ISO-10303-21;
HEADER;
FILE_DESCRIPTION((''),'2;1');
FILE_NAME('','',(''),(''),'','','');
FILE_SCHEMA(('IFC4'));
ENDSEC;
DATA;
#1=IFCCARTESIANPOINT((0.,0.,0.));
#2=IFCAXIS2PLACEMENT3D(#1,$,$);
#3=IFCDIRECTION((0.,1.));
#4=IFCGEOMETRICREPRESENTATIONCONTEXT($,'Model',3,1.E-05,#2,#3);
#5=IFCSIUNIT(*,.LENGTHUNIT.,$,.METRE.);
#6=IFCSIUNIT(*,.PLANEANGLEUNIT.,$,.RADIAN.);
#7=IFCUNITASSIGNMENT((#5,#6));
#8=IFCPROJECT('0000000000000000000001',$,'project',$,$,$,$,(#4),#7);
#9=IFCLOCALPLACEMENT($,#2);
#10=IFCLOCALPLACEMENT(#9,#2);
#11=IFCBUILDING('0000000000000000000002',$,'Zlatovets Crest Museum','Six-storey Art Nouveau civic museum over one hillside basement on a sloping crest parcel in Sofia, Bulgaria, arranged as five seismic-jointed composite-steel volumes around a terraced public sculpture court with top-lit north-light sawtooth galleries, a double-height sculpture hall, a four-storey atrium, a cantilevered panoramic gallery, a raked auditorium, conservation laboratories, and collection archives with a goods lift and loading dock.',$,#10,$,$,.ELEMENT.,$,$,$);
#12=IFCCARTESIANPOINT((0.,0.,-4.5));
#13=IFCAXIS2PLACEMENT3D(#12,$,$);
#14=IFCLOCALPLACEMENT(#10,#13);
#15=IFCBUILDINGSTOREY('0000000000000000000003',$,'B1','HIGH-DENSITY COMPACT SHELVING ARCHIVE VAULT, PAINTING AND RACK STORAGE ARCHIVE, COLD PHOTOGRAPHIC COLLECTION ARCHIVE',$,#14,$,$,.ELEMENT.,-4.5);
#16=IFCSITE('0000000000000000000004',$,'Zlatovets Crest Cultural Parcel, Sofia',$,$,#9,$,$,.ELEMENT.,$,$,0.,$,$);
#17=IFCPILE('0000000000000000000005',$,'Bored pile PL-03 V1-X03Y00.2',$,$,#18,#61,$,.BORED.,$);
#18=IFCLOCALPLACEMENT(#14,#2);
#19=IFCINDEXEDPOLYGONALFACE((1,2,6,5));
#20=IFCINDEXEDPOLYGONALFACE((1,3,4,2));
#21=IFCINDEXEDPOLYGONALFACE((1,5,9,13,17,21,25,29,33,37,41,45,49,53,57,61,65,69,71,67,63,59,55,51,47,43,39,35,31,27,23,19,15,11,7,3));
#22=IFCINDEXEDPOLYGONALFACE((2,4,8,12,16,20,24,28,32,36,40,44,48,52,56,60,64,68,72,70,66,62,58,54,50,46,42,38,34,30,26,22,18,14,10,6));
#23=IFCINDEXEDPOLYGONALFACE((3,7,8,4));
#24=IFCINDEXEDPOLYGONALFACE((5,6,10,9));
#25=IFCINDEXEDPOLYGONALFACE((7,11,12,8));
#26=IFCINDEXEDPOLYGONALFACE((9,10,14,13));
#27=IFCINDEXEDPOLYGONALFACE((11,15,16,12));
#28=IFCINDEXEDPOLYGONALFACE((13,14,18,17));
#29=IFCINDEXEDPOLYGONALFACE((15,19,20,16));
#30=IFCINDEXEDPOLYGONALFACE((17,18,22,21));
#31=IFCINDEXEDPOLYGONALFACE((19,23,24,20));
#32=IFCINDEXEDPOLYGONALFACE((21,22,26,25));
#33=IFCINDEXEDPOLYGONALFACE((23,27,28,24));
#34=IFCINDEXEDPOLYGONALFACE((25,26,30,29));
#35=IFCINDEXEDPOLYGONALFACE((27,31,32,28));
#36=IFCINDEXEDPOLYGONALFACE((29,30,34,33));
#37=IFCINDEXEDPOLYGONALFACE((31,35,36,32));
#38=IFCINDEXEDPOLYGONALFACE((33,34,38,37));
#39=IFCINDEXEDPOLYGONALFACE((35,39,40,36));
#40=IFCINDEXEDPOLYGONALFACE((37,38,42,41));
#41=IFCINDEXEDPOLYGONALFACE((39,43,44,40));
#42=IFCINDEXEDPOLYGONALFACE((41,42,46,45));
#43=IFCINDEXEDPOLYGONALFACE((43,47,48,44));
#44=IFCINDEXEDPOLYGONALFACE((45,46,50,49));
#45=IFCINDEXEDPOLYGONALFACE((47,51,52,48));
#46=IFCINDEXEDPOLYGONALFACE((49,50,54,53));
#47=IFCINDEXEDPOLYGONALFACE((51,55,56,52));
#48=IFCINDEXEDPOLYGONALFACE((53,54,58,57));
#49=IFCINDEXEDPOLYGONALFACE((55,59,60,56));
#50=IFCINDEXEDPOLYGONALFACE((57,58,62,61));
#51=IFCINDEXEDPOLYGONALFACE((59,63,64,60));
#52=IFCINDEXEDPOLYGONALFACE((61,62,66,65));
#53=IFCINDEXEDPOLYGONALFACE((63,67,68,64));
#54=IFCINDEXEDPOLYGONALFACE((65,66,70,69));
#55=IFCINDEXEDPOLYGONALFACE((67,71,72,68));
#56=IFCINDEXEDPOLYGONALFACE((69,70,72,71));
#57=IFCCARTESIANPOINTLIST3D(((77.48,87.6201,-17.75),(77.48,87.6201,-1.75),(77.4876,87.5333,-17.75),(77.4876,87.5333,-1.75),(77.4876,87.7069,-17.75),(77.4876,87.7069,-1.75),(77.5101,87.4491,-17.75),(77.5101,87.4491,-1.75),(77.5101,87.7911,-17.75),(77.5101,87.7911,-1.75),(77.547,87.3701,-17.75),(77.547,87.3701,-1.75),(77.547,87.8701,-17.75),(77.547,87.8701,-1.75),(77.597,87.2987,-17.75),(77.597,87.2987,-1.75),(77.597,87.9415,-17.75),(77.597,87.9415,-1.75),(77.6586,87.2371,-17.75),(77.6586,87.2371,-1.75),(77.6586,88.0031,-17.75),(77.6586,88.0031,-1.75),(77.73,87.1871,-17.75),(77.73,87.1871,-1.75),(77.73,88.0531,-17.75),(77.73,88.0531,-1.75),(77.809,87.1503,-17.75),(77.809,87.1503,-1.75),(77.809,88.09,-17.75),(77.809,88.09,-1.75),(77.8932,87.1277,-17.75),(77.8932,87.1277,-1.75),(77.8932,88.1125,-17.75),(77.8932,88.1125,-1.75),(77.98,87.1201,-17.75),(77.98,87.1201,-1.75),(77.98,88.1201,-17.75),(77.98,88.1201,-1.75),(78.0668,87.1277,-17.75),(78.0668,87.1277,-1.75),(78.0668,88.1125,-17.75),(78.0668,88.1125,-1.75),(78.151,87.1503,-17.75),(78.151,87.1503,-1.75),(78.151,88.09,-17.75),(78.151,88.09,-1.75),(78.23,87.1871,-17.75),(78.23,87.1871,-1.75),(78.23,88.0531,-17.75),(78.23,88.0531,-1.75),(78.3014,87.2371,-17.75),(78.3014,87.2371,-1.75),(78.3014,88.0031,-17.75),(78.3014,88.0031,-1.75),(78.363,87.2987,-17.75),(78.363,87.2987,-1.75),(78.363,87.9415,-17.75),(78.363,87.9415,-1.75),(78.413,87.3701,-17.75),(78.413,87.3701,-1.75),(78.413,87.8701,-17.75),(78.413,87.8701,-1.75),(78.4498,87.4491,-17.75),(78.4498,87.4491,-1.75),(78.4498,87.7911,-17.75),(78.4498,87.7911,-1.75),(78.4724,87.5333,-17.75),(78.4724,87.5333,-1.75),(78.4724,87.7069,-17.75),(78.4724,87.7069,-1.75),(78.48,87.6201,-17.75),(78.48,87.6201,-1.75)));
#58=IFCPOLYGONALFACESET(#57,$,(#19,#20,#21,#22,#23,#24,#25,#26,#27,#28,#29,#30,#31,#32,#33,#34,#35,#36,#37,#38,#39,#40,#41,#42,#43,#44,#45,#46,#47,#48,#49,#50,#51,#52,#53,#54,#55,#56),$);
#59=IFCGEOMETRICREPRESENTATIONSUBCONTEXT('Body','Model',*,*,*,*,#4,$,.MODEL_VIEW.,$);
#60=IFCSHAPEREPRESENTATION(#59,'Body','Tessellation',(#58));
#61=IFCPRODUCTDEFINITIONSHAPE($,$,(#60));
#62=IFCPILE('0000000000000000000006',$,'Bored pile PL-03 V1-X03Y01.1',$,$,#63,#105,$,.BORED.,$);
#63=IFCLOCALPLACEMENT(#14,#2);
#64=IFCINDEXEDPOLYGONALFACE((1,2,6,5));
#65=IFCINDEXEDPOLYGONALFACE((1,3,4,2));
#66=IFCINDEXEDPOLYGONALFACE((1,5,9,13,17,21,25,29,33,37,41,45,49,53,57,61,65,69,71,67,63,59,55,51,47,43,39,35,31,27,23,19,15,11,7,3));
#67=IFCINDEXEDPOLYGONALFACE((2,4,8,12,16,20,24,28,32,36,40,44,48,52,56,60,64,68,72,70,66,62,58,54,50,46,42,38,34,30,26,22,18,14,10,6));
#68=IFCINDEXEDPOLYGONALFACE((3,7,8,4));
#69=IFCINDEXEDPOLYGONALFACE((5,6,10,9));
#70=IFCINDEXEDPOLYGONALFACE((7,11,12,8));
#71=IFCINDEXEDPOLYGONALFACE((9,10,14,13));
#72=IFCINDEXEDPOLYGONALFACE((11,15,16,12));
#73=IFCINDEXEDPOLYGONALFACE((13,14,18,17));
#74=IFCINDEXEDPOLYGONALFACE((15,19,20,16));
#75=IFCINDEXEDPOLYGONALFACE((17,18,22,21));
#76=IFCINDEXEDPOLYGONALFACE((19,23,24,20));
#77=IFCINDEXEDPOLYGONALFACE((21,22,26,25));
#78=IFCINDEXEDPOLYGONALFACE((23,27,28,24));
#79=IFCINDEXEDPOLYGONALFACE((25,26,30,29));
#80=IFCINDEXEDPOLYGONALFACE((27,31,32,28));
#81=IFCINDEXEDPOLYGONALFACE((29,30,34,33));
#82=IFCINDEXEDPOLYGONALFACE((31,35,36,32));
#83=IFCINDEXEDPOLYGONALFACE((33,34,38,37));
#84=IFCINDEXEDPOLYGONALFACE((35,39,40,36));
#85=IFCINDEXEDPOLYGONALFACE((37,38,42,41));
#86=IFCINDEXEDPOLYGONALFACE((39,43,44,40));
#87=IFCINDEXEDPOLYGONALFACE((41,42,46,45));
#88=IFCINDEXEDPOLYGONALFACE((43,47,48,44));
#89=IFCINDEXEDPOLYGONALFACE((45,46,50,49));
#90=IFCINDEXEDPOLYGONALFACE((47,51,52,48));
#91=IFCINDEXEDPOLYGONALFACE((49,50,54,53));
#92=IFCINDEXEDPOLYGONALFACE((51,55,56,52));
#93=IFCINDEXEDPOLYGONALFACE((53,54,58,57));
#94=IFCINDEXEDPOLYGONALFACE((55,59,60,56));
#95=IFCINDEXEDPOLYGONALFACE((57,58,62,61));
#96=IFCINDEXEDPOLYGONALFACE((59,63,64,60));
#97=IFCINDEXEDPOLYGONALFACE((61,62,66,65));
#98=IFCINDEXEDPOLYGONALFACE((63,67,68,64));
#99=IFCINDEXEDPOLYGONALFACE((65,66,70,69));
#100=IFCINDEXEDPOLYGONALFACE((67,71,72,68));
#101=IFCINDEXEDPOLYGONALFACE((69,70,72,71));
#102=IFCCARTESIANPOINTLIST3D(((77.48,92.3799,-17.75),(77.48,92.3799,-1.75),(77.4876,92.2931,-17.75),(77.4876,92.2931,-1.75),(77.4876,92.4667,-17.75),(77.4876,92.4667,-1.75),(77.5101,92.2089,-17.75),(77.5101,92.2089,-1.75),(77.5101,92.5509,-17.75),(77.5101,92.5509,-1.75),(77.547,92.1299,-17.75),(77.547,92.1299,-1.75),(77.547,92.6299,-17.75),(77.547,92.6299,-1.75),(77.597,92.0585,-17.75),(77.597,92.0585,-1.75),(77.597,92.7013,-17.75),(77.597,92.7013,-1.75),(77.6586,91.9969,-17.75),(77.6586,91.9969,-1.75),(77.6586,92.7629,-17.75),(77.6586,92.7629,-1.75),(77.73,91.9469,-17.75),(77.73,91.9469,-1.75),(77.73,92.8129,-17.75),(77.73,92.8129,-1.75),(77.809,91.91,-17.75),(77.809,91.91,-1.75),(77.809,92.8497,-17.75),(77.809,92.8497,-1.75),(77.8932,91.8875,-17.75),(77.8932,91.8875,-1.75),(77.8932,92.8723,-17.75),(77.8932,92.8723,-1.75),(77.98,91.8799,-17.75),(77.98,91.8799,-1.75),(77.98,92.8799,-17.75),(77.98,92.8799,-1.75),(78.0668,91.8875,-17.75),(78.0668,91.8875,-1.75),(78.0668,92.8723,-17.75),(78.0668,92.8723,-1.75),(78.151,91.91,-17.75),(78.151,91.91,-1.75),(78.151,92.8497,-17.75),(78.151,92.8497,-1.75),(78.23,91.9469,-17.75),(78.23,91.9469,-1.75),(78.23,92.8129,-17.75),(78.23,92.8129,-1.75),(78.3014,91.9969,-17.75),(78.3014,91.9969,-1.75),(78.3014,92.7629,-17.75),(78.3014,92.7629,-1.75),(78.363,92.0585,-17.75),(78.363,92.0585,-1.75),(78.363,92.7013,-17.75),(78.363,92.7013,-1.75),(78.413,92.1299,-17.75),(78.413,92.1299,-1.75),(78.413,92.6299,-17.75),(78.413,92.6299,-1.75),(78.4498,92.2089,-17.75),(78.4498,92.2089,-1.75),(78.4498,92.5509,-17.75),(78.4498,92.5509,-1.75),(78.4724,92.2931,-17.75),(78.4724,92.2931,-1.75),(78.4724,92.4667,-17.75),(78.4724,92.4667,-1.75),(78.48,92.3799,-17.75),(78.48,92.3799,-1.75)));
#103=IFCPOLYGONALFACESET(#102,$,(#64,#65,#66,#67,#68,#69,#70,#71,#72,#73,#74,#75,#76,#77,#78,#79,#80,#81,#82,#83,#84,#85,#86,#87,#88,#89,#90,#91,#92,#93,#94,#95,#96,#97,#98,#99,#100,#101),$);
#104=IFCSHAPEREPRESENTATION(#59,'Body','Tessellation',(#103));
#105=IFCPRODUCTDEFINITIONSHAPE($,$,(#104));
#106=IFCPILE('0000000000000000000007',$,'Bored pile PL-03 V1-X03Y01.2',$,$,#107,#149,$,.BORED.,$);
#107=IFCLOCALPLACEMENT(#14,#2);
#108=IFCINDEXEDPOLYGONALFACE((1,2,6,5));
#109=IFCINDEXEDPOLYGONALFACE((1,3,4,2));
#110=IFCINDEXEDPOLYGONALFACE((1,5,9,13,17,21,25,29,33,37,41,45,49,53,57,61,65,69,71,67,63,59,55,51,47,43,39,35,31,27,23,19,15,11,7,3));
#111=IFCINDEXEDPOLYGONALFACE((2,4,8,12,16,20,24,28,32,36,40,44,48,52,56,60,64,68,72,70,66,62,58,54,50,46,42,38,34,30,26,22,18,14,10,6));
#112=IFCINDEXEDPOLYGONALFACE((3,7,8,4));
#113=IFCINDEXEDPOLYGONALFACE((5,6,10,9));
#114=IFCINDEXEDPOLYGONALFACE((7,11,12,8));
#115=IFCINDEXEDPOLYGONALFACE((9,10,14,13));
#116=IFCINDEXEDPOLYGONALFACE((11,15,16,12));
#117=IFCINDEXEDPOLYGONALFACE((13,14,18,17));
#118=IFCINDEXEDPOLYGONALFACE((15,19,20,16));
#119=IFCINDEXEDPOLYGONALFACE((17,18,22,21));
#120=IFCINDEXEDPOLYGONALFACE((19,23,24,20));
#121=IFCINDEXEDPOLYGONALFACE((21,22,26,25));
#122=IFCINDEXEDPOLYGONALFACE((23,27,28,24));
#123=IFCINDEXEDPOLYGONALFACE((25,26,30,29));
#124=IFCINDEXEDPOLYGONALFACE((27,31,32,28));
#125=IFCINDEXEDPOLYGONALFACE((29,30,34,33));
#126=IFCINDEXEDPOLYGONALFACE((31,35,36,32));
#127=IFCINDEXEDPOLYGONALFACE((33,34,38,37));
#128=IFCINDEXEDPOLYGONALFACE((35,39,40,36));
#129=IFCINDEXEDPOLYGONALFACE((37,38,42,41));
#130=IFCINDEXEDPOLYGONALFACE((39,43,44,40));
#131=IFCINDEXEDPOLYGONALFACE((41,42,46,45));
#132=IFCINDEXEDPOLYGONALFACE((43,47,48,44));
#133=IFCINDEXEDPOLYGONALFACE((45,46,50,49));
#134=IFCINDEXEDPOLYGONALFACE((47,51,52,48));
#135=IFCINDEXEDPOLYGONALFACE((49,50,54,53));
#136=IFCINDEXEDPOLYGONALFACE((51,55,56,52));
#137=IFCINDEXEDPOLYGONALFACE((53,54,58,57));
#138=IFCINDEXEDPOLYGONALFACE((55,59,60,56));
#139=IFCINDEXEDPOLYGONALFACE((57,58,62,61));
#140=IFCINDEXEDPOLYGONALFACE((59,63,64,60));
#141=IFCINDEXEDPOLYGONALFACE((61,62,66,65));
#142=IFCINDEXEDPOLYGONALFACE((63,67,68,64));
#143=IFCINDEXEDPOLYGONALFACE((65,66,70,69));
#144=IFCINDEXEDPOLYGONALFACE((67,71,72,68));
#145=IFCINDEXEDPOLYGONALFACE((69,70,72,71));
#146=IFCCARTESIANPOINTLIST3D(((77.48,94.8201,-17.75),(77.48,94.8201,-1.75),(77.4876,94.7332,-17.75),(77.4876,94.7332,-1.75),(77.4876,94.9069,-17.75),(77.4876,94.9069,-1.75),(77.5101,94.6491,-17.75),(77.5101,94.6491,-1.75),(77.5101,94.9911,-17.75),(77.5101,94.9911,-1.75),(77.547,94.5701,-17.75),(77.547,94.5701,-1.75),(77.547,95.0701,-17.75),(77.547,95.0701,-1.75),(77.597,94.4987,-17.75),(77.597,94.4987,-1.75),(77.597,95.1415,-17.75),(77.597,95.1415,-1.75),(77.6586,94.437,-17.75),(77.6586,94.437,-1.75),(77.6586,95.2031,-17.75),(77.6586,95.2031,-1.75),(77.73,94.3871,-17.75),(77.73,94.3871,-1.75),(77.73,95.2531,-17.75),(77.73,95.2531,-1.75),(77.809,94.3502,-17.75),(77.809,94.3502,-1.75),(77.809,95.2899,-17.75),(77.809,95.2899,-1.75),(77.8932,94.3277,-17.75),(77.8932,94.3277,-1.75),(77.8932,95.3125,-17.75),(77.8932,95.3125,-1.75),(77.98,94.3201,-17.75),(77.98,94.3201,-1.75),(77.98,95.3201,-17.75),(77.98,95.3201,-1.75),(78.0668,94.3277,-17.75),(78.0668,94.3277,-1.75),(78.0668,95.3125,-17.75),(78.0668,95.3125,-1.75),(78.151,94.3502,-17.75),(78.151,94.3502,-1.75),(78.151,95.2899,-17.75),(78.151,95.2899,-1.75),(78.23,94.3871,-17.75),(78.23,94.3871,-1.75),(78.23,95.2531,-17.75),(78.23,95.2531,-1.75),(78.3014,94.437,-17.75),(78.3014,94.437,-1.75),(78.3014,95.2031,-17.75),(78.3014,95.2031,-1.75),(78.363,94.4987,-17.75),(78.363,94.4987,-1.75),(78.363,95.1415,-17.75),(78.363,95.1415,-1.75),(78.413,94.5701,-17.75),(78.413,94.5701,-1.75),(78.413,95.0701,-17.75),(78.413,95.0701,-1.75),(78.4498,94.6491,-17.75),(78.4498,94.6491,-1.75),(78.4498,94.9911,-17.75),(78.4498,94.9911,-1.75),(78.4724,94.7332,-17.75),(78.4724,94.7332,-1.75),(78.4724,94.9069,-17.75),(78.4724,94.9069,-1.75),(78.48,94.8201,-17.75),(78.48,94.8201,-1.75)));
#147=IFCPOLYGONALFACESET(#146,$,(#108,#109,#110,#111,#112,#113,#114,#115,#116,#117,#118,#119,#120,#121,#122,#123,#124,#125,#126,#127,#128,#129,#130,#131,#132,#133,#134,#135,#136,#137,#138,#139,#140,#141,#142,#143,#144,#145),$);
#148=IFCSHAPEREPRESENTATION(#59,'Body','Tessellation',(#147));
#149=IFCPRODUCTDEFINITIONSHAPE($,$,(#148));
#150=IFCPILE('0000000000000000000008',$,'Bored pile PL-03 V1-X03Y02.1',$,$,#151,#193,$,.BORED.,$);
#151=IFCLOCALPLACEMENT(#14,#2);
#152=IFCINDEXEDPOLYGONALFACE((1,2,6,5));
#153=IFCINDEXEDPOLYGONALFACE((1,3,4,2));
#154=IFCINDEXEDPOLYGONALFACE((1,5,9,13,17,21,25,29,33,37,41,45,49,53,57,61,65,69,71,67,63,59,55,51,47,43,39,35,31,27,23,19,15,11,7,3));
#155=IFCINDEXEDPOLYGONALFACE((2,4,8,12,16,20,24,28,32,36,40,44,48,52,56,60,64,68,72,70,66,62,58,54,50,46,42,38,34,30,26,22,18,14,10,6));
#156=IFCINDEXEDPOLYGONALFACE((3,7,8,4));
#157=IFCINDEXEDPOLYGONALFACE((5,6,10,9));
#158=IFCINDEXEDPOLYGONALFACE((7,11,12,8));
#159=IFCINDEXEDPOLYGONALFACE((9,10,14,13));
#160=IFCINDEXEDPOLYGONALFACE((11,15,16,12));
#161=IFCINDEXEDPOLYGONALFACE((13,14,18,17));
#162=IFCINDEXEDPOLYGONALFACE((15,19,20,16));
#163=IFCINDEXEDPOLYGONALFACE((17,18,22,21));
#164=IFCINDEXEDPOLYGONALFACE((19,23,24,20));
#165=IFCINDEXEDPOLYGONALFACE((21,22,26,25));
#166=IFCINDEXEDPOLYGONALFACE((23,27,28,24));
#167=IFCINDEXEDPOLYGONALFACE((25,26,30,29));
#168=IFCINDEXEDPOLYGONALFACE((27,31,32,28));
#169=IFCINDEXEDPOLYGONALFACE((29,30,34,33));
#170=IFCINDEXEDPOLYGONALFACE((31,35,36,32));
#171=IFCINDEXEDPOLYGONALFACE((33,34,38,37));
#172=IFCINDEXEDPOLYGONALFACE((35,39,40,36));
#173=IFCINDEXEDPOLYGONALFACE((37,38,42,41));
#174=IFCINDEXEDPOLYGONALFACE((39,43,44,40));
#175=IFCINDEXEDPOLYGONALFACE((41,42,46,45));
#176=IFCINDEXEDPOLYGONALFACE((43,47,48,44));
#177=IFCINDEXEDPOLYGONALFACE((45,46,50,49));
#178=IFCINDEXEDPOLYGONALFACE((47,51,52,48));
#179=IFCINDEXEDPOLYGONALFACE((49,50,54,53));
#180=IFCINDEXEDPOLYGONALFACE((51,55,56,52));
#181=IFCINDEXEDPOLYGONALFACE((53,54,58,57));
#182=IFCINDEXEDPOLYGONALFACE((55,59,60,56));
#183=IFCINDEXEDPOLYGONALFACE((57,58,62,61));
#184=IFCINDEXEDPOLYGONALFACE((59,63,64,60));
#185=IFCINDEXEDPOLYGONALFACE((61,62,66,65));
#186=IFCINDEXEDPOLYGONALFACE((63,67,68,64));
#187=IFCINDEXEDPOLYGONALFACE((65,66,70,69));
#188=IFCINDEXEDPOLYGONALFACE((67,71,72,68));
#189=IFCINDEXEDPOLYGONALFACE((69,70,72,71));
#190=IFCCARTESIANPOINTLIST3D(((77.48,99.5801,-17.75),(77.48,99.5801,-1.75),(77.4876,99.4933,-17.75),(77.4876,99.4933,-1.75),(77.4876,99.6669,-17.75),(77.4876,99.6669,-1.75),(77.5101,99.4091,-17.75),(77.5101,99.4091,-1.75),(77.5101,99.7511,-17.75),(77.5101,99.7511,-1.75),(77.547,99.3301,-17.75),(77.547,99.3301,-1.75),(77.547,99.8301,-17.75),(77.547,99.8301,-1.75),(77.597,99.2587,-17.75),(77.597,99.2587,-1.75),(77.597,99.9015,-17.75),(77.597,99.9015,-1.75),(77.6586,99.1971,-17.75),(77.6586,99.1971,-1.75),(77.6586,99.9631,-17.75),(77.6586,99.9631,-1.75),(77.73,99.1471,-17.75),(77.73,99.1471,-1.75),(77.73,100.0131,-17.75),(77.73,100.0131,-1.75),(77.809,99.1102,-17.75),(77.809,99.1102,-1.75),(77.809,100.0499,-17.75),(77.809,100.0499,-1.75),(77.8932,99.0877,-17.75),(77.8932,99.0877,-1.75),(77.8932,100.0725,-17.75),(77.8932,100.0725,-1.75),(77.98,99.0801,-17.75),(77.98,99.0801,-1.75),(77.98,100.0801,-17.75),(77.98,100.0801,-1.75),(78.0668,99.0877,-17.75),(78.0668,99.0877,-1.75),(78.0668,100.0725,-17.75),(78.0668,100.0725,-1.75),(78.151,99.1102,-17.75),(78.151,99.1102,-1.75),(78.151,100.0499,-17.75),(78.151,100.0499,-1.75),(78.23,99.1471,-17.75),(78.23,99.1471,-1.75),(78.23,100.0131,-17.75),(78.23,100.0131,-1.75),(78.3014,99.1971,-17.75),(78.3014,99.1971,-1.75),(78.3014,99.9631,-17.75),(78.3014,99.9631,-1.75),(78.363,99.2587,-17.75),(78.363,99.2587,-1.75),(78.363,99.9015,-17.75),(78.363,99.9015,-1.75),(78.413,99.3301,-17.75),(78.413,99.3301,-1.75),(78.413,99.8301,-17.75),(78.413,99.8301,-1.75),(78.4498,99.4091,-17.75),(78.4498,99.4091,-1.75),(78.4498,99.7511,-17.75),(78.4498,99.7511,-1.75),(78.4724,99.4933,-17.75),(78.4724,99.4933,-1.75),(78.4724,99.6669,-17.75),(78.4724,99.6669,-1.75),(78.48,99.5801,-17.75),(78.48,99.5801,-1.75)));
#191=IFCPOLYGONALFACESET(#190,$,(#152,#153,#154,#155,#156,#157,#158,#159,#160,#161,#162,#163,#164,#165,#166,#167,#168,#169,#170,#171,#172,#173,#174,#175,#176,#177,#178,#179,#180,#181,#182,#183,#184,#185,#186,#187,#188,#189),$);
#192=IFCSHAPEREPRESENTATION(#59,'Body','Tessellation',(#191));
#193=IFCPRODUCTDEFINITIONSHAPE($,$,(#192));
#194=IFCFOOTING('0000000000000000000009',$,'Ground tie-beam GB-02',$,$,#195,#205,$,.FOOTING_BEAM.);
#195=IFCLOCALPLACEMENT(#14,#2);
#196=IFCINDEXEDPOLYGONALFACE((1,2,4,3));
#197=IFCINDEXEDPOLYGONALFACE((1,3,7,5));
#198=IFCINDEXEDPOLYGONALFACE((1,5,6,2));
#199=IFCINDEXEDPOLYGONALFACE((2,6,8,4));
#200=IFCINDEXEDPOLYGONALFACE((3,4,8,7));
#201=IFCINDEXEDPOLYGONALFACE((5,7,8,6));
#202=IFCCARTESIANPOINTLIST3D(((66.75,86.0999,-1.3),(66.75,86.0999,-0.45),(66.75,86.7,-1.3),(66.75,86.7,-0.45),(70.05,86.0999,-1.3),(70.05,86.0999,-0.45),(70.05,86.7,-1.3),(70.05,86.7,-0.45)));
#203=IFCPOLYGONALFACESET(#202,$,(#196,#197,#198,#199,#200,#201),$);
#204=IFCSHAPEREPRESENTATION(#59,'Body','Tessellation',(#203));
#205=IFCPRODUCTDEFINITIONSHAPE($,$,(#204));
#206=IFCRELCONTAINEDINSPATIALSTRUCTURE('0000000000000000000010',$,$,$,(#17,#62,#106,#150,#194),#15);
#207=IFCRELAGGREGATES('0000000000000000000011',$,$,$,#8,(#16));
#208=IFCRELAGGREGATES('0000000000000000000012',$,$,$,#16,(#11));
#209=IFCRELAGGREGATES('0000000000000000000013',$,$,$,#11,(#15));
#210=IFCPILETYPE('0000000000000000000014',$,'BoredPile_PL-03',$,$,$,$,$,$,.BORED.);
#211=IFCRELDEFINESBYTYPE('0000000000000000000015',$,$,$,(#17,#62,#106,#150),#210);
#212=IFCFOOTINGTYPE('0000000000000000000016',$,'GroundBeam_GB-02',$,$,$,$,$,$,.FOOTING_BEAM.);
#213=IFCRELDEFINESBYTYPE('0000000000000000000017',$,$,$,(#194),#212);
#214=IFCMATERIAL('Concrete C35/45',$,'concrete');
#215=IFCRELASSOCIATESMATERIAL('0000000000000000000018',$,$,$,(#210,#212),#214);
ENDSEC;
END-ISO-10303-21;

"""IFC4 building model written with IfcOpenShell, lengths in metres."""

from ifc_helpers import new_model, si_unit, direction, frame, origin, origin_2d, place, context, subcontext, project, spatial, rectangle, circle, extrude, material, material_profile, profile_set, type_object, element, save


model = new_model("IFC4")

# Units and contexts
model_context = context("Model", 3, precision=1e-05, world=origin(), true_north=direction((0.0, 1.0)))
body_context = subcontext(model_context, "Body", "Model", "MODEL_VIEW")
ifc_project = project(units=[si_unit("LENGTHUNIT", "METRE"), si_unit("PLANEANGLEUNIT", "RADIAN")], contexts=[model_context])

# Site, building, storey
site_placement = place(None, origin())
site = spatial("IfcSite", under=ifc_project, at=site_placement, Name="Zlatovets Crest Cultural Parcel, Sofia", CompositionType="ELEMENT", RefElevation=0.0)
building_placement = place(site_placement, origin())
building = spatial("IfcBuilding", under=site, at=building_placement, Name="Zlatovets Crest Museum", Description="Six-storey Art Nouveau civic museum over one hillside basement on a sloping crest parcel in Sofia, Bulgaria, arranged as five seismic-jointed composite-steel volumes around a terraced public sculpture court with top-lit north-light sawtooth galleries, a double-height sculpture hall, a four-storey atrium, a cantilevered panoramic gallery, a raked auditorium, conservation laboratories, and collection archives with a goods lift and loading dock.", CompositionType="ELEMENT")
storey_placement = place(building_placement, frame((0.0, 0.0, -4.5)))
storey = spatial("IfcBuildingStorey", under=building, at=storey_placement, Name="B1", Description="HIGH-DENSITY COMPACT SHELVING ARCHIVE VAULT, PAINTING AND RACK STORAGE ARCHIVE, COLD PHOTOGRAPHIC COLLECTION ARCHIVE", CompositionType="ELEMENT", Elevation=-4.5)

# Piles
ifc_material_1 = material(Name="Concrete C35/45", Category="concrete")
ifc_material_profile_1 = material_profile(ifc_material_1, circle(Radius=0.5, at=origin_2d()), Name="PILE D1000")
ifc_profile_set_1 = profile_set([ifc_material_profile_1], Name="Concrete C35/45")
pile_type = type_object("IfcPileType", Name="BoredPile_PL-03", PredefinedType="BORED", material=ifc_profile_set_1)
for number, where, z_axis, x_axis, name in (
    (1, (77.98, 87.6201, -1.75), (0.0, 0.0, -1.0), (1.0, 0.0, 0.0), "Bored pile PL-03 V1-X03Y00.2"),
    (2, (77.98, 92.3799, -1.75), (0.0, 0.0, -1.0), (1.0, 0.0, 0.0), "Bored pile PL-03 V1-X03Y01.1"),
    (3, (77.98, 94.8201, -1.75), (0.0, 0.0, -1.0), (1.0, 0.0, 0.0), "Bored pile PL-03 V1-X03Y01.2"),
    (4, (77.98, 99.5801, -1.75), (0.0, 0.0, -1.0), (1.0, 0.0, 0.0), "Bored pile PL-03 V1-X03Y02.1"),
):
    element("IfcPile", number, at=place(storey_placement, frame(where, z_axis=z_axis, x_axis=x_axis)), inside=storey, type_object=pile_type, Name=name, PredefinedType="BORED", context=body_context, shape_type="SweptSolid", body=[
        extrude(circle(Radius=0.5, at=origin_2d()), origin(), (0.0, 0.0, 1.0), 16.0),
    ])

# Footing
ifc_material_profile_2 = material_profile(ifc_material_1, rectangle(XDim=0.6001, YDim=0.8501, at=origin_2d()), Name="RC 600x850")
ifc_profile_set_2 = profile_set([ifc_material_profile_2], Name="Concrete C35/45")
footing_type_1 = type_object("IfcFootingType", Name="GroundBeam_GB-02", PredefinedType="FOOTING_BEAM", material=ifc_profile_set_2)
for number, where, z_axis, x_axis, name in (
    (5, (66.75, 86.3999, -0.875), (1.0, 0.0, 0.0), (0.0, 1.0, 0.0), "Ground tie-beam GB-02"),
):
    element("IfcFooting", number, at=place(storey_placement, frame(where, z_axis=z_axis, x_axis=x_axis)), inside=storey, type_object=footing_type_1, Name=name, PredefinedType="FOOTING_BEAM", context=body_context, shape_type="SweptSolid", body=[
        extrude(rectangle(XDim=0.6001, YDim=0.8501, at=origin_2d()), origin(), (0.0, 0.0, 1.0), 3.3),
    ])

save(model, "model.ifc")
